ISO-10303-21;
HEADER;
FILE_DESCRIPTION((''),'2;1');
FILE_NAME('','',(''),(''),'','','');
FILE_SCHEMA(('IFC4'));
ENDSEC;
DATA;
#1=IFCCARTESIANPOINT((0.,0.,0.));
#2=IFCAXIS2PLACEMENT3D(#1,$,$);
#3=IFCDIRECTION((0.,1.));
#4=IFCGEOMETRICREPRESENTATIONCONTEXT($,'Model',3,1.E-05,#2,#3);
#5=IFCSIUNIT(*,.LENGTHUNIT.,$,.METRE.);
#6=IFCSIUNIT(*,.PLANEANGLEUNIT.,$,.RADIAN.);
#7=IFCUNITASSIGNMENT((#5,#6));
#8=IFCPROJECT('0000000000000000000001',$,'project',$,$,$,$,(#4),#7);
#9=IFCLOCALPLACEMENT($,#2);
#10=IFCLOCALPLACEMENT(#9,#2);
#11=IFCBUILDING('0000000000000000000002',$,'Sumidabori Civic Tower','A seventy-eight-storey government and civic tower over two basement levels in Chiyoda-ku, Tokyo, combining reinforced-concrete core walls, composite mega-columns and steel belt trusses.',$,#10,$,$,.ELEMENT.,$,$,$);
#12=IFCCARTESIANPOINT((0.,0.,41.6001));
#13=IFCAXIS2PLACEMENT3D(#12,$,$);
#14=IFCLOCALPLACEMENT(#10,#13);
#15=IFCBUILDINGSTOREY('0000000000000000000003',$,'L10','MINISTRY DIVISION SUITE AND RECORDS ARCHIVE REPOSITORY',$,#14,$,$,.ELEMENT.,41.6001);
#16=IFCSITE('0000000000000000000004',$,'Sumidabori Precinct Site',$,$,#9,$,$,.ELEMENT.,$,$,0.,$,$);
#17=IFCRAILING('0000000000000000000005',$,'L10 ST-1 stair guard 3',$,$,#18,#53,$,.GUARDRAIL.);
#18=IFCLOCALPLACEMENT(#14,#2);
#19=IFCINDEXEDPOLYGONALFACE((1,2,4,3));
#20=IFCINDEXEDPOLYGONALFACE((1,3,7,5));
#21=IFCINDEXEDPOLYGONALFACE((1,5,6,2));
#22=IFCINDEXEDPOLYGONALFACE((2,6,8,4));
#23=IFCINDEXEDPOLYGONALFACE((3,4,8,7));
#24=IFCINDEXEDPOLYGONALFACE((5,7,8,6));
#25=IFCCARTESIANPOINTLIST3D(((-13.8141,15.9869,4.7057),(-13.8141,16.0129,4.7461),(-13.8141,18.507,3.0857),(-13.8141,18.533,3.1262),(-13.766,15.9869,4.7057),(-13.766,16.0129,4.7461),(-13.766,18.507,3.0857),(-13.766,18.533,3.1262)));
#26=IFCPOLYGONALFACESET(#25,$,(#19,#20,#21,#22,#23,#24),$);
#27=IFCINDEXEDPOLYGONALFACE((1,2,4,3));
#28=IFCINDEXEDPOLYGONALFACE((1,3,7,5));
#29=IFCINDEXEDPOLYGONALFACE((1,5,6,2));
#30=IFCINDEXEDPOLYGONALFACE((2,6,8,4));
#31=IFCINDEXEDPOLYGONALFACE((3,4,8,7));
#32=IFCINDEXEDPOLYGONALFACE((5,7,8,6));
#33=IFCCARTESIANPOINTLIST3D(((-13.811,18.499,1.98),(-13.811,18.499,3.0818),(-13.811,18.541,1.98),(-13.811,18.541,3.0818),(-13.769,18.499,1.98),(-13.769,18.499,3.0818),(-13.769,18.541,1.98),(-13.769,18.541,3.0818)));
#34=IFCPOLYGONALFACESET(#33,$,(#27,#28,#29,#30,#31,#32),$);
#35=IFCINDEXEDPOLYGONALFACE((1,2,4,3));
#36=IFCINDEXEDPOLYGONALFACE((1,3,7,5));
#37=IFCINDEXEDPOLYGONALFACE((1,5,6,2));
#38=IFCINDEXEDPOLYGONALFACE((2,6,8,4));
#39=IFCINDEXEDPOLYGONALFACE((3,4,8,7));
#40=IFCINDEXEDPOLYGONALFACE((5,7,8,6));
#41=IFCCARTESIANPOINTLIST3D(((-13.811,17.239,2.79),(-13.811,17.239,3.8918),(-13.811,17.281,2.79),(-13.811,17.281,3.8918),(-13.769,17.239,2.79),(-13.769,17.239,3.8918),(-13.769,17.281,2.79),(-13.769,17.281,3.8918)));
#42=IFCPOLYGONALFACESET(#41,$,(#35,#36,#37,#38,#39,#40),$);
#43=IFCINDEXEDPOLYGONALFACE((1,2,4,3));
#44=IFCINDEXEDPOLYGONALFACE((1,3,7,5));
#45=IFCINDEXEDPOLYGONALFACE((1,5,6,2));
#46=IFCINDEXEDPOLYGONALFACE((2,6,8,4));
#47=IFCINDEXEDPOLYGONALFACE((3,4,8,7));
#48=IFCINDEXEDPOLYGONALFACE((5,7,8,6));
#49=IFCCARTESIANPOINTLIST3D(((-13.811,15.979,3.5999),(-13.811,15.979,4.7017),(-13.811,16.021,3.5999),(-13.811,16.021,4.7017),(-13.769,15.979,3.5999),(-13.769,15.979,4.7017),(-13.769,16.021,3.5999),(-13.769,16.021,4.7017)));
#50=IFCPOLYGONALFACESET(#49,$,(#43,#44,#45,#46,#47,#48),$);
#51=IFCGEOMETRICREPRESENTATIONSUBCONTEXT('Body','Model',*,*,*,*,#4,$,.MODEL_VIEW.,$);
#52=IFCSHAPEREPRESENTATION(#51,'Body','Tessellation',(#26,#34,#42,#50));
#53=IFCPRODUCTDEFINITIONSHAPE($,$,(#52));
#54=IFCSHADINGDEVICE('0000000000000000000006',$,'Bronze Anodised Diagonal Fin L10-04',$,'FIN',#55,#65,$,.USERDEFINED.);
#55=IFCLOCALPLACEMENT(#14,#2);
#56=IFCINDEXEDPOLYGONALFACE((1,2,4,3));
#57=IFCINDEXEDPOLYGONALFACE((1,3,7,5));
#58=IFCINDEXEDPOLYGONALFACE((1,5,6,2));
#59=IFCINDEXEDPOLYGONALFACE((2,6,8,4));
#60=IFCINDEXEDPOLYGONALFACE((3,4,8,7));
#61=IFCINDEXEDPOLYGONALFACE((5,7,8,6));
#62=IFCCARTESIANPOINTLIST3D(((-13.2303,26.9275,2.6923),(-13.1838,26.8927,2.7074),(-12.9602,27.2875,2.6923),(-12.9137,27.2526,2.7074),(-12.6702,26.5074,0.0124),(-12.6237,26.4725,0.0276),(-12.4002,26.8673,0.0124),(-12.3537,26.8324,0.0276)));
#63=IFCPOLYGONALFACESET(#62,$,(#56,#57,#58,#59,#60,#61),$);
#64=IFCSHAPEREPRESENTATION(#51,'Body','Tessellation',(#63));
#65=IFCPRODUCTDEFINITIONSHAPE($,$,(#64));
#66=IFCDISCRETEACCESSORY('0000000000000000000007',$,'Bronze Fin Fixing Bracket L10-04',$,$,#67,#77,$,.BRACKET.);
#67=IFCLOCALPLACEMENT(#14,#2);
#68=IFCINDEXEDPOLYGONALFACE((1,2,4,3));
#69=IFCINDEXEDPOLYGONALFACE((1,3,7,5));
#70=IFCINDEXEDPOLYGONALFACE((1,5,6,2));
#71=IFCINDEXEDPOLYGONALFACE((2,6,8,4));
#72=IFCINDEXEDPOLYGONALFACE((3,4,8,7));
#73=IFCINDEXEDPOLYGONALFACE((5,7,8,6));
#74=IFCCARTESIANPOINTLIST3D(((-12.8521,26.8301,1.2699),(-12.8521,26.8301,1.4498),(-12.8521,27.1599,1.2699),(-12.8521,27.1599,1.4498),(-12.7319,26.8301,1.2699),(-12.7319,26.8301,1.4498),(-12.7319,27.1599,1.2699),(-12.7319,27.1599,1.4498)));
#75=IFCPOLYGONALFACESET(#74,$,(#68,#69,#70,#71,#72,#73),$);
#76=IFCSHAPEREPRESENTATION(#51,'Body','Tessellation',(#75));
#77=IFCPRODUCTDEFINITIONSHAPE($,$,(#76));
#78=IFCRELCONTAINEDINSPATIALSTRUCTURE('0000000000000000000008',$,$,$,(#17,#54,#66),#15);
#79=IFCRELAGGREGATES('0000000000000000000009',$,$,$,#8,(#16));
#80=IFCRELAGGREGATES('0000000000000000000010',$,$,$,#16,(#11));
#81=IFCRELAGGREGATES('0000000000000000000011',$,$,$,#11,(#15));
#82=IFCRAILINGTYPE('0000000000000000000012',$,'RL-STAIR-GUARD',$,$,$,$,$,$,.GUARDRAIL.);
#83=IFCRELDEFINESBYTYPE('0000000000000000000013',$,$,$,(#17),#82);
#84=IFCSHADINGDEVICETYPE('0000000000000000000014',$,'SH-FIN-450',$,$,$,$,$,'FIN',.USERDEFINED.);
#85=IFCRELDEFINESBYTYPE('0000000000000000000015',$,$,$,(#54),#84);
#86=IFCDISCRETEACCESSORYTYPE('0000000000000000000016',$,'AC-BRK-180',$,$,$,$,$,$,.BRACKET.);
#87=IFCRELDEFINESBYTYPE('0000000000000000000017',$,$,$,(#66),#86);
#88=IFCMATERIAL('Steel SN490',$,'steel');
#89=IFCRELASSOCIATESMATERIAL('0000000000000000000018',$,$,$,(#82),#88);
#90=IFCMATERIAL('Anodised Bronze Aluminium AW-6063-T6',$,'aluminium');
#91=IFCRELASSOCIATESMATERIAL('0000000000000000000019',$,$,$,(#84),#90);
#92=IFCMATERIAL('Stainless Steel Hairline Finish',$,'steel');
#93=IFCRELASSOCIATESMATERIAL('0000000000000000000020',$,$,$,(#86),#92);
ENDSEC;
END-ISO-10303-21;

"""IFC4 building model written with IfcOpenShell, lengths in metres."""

from ifc_helpers import new_model, si_unit, direction, frame, origin, origin_2d, place, context, subcontext, project, spatial, rectangle, extrude, source, transform, mapped, material, material_profile, profile_set, type_object, element, save


model = new_model("IFC4")

# Units and contexts
model_context = context("Model", 3, precision=1e-05, world=origin(), true_north=direction((0.0, 1.0)))
body_context = subcontext(model_context, "Body", "Model", "MODEL_VIEW")
ifc_project = project(units=[si_unit("LENGTHUNIT", "METRE"), si_unit("PLANEANGLEUNIT", "RADIAN")], contexts=[model_context])

# Site, building, storey
site_placement = place(None, origin())
site = spatial("IfcSite", under=ifc_project, at=site_placement, Name="Sumidabori Precinct Site", CompositionType="ELEMENT", RefElevation=0.0)
building_placement = place(site_placement, origin())
building = spatial("IfcBuilding", under=site, at=building_placement, Name="Sumidabori Civic Tower", Description="A seventy-eight-storey government and civic tower over two basement levels in Chiyoda-ku, Tokyo, combining reinforced-concrete core walls, composite mega-columns and steel belt trusses.", CompositionType="ELEMENT")
storey_placement = place(building_placement, frame((0.0, 0.0, 41.6001)))
storey = spatial("IfcBuildingStorey", under=building, at=storey_placement, Name="L10", Description="MINISTRY DIVISION SUITE AND RECORDS ARCHIVE REPOSITORY", CompositionType="ELEMENT", Elevation=41.6001)

# Shared definitions
ifc_material_1 = material(Name="Anodised Bronze Aluminium AW-6063-T6", Category="aluminium")

# Railing
ifc_material_2 = material(Name="Stainless Steel Hairline Finish", Category="steel")
ifc_material_3 = material(Name="Steel SN490", Category="steel")
railing_type_1 = type_object("IfcRailingType", Name="RL-STAIR-GUARD", PredefinedType="GUARDRAIL", material=ifc_material_3)
railing_1_placement = place(storey_placement, frame((-13.79, 18.52, 1.98)))
element("IfcRailing", 1, at=railing_1_placement, inside=storey, type_object=railing_type_1, Name="L10 ST-1 stair guard 3", PredefinedType="GUARDRAIL", context=body_context, shape_type="SweptSolid", body=[
    extrude(rectangle(XDim=0.0481, YDim=0.0481, at=origin_2d()), frame((0.0, 0.0, 1.126), z_axis=(0.0, -0.8412, 0.540725), x_axis=(1.0, 0.0, 0.0)), (0.0, 0.0, 1.0), 2.9958),
    extrude(rectangle(XDim=0.042, YDim=0.042, at=origin_2d()), origin(), (0.0, 0.0, 1.0), 1.1018),
    extrude(rectangle(XDim=0.042, YDim=0.042, at=origin_2d()), frame((0.0, -1.26, 0.8101)), (0.0, 0.0, 1.0), 1.1018),
    extrude(rectangle(XDim=0.042, YDim=0.042, at=origin_2d()), frame((0.0, -2.52, 1.6199)), (0.0, 0.0, 1.0), 1.1018),
])

# Shading device
ifc_material_profile_1 = material_profile(ifc_material_1, rectangle(XDim=0.0601, YDim=0.45, at=origin_2d()), Name="BRONZE FIN 450x60")
ifc_profile_set_1 = profile_set([ifc_material_profile_1], Name="Anodised Bronze Aluminium AW-6063-T6")
shading_device_type = type_object("IfcShadingDeviceType", Name="SH-FIN-450", ElementType="FIN", PredefinedType="USERDEFINED", material=ifc_profile_set_1)
shared_shape_1 = source(origin(), body_context, "Body", "SweptSolid", [
    extrude(rectangle(XDim=0.0601, YDim=0.45, at=origin_2d()), origin(), (0.0, 0.0, 1.0), 2.7698),
])
shading_device_placement = place(storey_placement, frame((-12.512, 26.6699, 0.02), z_axis=(-0.202196, 0.151691, 0.967526), x_axis=(0.77394, -0.580624, 0.252771)))
element("IfcShadingDevice", 2, at=shading_device_placement, inside=storey, type_object=shading_device_type, Name="Bronze Anodised Diagonal Fin L10-04", ObjectType="FIN", PredefinedType="USERDEFINED", context=body_context, shape_type="MappedRepresentation", body=[
    mapped(shared_shape_1, transform((0.0, 0.0, 0.0), x_axis=(1.0, 0.0, 0.0), y_axis=(0.0, 1.0, 0.0), z_axis=(0.0, 0.0, 1.0), scale=1.0)),
])

# Discrete accessory
ifc_material_profile_2 = material_profile(ifc_material_2, rectangle(XDim=0.1201, YDim=0.1799, at=origin_2d()), Name="STEEL BRACKET 180x120")
ifc_profile_set_2 = profile_set([ifc_material_profile_2], Name="Stainless Steel Hairline Finish")
discrete_accessory_type = type_object("IfcDiscreteAccessoryType", Name="AC-BRK-180", PredefinedType="BRACKET", material=ifc_profile_set_2)
shared_shape_2 = source(origin(), body_context, "Body", "SweptSolid", [
    extrude(rectangle(XDim=0.1201, YDim=0.1799, at=origin_2d()), origin(), (0.0, 0.0, 1.0), 0.3298),
])
discrete_accessory_placement = place(storey_placement, frame((-12.792, 26.8301, 1.3599), z_axis=(0.0, 1.0, 0.0), x_axis=(-1.0, 0.0, 0.0)))
element("IfcDiscreteAccessory", 3, at=discrete_accessory_placement, inside=storey, type_object=discrete_accessory_type, Name="Bronze Fin Fixing Bracket L10-04", PredefinedType="BRACKET", context=body_context, shape_type="MappedRepresentation", body=[
    mapped(shared_shape_2, transform((0.0, 0.0, 0.0), x_axis=(1.0, 0.0, 0.0), y_axis=(0.0, 1.0, 0.0), z_axis=(0.0, 0.0, 1.0), scale=1.0)),
])

save(model, "model.ifc")
